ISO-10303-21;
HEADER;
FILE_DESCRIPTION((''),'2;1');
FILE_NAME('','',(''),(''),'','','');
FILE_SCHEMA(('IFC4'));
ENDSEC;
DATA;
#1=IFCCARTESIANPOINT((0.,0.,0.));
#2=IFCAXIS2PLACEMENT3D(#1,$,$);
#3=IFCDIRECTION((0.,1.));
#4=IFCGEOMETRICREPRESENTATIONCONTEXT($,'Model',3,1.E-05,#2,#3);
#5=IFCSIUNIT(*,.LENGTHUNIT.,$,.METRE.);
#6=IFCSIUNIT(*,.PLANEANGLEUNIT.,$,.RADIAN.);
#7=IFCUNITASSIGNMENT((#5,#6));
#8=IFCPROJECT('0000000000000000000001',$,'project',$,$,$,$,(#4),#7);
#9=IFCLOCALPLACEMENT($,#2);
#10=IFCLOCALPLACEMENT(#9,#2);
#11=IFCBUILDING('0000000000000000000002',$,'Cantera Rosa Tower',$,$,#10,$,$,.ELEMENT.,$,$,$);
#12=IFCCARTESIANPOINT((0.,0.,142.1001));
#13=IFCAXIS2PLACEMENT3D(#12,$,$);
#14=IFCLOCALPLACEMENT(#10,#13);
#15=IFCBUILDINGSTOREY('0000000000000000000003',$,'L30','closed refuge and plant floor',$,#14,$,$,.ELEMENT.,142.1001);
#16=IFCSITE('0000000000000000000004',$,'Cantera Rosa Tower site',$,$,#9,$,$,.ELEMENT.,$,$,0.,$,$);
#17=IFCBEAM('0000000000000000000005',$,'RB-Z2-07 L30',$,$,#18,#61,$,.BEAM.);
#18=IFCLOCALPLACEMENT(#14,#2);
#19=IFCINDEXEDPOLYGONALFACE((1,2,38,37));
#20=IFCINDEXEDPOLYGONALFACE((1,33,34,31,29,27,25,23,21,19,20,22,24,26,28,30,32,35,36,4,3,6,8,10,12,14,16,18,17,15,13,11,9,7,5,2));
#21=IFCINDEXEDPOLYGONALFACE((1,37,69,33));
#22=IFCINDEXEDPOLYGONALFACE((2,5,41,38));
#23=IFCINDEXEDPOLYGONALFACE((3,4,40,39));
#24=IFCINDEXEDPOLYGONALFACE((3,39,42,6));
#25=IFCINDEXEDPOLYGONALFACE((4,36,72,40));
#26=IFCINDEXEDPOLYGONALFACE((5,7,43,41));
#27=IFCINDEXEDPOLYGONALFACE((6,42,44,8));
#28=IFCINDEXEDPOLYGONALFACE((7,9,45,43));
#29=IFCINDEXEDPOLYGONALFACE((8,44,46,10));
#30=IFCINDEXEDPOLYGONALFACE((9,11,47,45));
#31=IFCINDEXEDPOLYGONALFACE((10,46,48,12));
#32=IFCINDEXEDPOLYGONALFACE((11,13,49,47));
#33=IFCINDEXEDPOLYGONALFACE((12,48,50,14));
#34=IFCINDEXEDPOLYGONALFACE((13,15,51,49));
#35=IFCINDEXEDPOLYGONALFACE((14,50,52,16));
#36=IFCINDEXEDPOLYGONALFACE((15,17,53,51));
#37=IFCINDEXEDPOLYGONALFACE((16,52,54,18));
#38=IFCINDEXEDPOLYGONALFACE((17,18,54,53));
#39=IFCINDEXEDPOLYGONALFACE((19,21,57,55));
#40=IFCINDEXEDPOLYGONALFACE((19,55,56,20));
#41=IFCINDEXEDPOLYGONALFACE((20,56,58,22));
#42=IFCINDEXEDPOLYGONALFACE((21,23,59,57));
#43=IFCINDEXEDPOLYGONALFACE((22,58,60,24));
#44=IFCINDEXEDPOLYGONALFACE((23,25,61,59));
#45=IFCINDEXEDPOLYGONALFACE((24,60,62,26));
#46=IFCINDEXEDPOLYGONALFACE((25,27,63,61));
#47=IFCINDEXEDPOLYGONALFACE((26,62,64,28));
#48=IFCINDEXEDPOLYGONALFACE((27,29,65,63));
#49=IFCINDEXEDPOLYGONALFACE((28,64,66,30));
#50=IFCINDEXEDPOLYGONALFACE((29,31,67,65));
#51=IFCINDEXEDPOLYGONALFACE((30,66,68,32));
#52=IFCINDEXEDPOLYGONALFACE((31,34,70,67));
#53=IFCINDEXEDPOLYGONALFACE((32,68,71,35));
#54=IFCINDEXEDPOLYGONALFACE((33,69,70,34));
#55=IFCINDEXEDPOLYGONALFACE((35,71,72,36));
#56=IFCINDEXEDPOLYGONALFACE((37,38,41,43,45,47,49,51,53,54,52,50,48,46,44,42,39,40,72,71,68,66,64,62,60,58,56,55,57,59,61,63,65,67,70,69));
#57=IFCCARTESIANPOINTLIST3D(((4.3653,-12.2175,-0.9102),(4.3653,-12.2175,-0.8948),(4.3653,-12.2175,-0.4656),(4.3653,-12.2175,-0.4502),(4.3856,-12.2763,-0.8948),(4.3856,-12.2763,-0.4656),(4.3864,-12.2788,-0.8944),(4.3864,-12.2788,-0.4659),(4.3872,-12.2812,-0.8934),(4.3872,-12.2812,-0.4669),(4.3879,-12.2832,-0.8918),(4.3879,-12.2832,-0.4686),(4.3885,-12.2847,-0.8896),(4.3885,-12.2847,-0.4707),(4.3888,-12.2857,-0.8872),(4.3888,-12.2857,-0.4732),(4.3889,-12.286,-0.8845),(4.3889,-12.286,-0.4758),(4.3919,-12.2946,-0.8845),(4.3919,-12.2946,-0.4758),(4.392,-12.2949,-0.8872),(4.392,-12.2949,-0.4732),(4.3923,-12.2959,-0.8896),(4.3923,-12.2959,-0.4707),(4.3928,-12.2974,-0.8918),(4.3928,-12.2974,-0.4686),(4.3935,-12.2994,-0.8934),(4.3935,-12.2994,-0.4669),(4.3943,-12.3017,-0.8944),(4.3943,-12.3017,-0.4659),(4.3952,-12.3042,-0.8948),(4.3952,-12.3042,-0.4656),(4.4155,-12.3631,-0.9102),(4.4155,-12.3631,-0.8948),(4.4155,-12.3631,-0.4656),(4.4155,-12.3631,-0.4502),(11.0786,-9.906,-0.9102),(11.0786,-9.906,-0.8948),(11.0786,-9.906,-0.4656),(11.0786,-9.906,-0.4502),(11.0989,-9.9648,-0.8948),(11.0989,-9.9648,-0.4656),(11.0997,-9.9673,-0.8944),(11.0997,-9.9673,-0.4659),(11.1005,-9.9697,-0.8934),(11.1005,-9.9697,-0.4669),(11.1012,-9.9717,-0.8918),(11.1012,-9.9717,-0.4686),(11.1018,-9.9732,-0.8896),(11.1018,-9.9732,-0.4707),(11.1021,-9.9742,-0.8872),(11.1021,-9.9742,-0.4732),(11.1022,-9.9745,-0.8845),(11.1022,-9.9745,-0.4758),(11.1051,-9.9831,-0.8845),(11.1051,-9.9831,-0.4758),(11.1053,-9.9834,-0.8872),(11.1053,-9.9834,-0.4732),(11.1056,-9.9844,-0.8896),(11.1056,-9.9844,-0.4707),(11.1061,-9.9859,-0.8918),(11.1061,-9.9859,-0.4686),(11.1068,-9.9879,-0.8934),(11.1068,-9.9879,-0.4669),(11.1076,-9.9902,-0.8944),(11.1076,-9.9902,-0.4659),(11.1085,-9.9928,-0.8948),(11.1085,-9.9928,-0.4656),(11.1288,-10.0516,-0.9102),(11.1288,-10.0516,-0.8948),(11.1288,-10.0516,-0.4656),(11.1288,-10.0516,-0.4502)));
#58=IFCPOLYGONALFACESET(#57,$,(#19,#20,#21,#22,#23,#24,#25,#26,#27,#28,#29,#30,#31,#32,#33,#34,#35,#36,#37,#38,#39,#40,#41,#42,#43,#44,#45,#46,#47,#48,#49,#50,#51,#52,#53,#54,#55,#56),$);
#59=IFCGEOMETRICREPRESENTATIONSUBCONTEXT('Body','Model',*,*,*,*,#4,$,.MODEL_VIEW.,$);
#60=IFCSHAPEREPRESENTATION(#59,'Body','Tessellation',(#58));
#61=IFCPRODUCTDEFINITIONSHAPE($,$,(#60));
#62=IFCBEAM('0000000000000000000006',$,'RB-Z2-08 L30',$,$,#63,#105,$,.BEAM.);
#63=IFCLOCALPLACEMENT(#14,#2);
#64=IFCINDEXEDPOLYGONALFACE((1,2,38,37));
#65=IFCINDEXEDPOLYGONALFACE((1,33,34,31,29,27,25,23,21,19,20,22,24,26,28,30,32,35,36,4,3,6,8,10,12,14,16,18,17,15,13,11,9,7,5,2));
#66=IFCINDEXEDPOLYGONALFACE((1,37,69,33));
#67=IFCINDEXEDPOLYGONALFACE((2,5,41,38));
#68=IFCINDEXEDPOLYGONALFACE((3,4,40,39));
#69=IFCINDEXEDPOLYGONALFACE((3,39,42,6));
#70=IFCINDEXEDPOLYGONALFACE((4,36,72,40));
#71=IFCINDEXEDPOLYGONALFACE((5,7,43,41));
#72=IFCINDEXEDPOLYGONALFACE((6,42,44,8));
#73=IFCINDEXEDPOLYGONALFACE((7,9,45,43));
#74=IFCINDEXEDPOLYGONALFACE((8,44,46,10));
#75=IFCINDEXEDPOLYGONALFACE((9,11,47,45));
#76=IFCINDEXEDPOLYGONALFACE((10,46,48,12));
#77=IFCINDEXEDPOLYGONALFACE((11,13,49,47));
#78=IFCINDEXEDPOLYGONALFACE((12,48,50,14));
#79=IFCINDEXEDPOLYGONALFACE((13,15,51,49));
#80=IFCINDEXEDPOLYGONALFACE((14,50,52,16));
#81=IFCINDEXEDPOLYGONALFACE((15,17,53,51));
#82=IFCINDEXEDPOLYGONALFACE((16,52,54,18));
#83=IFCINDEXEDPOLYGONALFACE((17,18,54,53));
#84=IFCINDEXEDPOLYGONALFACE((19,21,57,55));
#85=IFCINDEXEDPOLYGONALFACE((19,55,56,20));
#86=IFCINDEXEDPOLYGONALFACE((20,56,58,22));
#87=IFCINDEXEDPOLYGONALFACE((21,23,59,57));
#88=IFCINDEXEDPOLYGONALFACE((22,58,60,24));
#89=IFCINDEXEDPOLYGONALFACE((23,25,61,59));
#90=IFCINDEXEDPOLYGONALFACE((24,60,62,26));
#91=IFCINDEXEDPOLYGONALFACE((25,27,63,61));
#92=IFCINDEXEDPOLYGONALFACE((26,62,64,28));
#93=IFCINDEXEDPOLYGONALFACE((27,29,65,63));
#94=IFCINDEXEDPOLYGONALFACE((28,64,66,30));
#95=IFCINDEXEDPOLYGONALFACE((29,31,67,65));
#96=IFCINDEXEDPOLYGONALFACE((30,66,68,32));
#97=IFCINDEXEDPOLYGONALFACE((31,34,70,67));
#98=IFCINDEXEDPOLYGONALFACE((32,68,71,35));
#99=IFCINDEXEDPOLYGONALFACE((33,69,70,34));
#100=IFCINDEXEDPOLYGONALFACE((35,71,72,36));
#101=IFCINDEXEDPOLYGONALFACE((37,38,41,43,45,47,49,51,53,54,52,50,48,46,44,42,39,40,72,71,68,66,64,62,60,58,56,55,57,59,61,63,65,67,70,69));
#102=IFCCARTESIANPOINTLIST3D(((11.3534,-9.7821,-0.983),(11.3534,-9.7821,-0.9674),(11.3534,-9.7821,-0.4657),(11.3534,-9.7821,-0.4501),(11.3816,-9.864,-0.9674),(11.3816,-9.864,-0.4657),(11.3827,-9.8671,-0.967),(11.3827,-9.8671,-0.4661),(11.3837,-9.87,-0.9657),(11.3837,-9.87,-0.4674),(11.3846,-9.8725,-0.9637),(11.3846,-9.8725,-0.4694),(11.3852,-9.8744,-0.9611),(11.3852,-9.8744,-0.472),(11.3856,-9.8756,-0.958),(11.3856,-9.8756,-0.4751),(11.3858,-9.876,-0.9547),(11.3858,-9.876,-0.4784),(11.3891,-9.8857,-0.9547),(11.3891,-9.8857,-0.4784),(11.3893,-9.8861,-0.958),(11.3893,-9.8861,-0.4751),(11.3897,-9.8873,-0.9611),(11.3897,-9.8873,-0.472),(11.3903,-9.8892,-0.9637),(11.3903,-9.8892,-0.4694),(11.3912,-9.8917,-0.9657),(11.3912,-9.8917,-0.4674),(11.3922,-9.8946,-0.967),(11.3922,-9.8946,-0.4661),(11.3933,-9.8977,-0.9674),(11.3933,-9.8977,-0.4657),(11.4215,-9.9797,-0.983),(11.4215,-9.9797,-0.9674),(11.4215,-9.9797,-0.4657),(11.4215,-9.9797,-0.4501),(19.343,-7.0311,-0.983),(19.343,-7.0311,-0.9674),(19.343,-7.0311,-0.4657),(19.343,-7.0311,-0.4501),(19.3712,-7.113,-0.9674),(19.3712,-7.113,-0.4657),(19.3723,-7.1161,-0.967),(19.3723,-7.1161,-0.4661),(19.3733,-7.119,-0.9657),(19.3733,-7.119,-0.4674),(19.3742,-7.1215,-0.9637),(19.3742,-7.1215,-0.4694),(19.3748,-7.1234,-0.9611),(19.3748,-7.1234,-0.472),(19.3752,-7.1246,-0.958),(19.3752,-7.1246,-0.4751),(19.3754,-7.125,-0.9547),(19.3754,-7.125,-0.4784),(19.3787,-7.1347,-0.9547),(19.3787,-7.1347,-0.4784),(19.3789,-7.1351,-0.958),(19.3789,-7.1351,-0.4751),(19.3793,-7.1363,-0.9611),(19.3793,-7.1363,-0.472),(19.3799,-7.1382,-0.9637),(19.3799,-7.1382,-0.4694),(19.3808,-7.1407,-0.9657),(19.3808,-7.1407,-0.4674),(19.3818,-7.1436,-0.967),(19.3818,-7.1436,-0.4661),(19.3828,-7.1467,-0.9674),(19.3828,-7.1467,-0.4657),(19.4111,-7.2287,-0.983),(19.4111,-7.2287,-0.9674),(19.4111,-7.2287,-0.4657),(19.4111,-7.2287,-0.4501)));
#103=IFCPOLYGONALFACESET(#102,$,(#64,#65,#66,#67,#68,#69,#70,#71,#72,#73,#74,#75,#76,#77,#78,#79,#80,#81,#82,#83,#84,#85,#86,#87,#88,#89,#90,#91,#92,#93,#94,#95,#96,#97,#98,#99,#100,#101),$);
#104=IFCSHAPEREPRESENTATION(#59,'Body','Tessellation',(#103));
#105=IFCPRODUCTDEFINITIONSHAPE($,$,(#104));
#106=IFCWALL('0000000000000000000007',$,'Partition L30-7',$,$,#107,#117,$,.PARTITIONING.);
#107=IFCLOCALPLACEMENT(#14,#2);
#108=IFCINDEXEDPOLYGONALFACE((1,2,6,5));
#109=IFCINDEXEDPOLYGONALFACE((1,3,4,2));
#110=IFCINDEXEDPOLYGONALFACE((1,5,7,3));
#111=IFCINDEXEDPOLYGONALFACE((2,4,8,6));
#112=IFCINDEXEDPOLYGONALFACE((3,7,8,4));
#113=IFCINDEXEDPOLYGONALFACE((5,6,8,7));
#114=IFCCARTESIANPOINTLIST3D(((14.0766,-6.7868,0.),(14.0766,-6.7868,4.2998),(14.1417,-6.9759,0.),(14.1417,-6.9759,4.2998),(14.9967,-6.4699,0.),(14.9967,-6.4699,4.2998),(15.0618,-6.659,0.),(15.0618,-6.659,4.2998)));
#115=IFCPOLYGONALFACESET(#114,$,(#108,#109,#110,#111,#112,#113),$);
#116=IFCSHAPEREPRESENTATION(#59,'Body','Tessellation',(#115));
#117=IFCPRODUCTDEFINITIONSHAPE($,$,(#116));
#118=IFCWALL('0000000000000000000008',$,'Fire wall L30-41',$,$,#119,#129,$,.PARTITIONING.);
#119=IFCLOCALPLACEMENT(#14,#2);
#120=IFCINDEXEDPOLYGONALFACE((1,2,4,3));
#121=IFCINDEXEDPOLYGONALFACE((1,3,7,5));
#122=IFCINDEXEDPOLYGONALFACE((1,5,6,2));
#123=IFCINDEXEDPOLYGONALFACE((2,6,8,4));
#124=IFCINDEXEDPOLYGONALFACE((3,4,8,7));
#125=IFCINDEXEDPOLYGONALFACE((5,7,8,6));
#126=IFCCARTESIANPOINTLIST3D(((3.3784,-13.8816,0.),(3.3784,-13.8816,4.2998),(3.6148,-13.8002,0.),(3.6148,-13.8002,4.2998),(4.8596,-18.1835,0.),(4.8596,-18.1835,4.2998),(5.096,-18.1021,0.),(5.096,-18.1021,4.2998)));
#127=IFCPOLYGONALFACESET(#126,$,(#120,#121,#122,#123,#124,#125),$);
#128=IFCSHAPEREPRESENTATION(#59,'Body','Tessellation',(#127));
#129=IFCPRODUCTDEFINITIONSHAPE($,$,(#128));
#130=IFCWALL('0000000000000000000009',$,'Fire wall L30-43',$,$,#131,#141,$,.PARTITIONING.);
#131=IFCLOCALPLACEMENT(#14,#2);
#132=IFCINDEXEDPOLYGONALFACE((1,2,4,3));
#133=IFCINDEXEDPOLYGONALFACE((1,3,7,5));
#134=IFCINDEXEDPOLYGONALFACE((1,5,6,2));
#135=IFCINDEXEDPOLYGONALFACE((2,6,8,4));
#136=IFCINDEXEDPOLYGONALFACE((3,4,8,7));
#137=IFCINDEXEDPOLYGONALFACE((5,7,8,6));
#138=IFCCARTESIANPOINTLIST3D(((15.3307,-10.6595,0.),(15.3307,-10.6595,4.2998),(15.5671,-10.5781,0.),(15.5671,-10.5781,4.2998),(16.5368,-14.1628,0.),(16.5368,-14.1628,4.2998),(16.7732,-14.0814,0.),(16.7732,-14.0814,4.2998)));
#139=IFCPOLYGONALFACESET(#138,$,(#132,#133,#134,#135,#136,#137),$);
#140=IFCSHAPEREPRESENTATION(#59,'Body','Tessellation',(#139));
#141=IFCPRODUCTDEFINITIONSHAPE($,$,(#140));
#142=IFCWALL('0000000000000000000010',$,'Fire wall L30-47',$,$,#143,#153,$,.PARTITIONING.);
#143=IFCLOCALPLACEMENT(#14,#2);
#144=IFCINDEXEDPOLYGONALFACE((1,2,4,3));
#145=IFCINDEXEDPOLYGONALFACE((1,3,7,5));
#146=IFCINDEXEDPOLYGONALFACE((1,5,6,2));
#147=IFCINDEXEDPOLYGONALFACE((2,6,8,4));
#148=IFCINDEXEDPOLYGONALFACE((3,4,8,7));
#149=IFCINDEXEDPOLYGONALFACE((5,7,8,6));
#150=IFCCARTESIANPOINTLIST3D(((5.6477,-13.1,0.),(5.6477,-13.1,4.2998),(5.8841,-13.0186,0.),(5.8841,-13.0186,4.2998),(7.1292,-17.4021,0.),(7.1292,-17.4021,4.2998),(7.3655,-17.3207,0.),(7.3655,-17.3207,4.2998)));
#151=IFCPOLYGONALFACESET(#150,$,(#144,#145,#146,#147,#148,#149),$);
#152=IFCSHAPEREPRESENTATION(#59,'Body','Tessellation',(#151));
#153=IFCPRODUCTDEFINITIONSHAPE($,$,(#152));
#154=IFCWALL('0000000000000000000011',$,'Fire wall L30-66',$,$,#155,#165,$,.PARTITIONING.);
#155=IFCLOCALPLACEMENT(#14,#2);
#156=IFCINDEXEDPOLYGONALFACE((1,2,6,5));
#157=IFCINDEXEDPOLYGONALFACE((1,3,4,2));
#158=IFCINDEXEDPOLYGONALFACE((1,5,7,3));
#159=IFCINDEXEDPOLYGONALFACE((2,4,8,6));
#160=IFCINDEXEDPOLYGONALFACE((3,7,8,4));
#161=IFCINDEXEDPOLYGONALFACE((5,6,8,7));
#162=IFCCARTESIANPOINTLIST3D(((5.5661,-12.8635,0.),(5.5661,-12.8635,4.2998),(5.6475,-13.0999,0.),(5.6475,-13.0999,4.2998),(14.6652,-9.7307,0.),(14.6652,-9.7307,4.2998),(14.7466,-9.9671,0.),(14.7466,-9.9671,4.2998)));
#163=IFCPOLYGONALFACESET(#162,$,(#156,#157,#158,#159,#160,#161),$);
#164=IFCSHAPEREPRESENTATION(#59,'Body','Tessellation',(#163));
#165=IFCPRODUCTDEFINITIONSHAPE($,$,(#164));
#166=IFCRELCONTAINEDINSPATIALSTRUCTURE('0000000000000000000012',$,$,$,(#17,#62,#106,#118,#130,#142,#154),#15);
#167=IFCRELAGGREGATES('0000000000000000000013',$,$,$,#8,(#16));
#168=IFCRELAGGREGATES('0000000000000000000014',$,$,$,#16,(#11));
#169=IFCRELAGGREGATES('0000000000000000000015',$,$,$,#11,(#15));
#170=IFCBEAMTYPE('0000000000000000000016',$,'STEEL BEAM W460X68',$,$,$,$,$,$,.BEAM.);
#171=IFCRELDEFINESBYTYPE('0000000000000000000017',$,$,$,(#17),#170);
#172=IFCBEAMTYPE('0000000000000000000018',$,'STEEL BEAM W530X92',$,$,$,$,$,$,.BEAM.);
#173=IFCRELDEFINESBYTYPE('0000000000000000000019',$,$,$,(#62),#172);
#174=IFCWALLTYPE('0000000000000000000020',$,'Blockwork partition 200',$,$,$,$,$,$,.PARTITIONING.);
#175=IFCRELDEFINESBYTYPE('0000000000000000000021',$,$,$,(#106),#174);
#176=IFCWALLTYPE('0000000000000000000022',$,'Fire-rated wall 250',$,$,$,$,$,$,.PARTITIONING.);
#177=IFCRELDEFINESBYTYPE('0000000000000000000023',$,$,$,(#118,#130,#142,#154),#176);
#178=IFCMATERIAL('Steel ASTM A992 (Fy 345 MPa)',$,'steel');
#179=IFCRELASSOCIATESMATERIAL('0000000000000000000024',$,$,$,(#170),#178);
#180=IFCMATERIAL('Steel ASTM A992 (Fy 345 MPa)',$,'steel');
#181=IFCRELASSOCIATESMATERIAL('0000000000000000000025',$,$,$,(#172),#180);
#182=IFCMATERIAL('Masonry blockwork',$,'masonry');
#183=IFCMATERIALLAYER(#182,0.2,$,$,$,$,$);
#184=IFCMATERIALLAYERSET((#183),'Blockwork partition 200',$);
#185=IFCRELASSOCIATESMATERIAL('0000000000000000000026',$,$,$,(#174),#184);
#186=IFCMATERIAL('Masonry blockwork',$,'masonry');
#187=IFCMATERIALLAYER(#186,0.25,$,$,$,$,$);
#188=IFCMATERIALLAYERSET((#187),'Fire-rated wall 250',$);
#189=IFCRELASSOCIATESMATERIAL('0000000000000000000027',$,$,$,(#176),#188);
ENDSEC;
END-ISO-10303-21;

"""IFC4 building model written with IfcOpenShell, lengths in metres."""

from ifc_helpers import new_model, si_unit, direction, frame, frame_2d, origin, origin_2d, place, context, subcontext, project, spatial, rectangle, i_section, extrude, material, layer, layer_set, material_profile, profile_set, type_object, element, save


model = new_model("IFC4")

# Units and contexts
model_context = context("Model", 3, precision=1e-05, world=origin(), true_north=direction((0.0, 1.0)))
body_context = subcontext(model_context, "Body", "Model", "MODEL_VIEW")
ifc_project = project(units=[si_unit("LENGTHUNIT", "METRE"), si_unit("PLANEANGLEUNIT", "RADIAN")], contexts=[model_context])

# Site, building, storey
site_placement = place(None, origin())
site = spatial("IfcSite", under=ifc_project, at=site_placement, Name="Cantera Rosa Tower site", CompositionType="ELEMENT", RefElevation=0.0)
building_placement = place(site_placement, origin())
building = spatial("IfcBuilding", under=site, at=building_placement, Name="Cantera Rosa Tower", CompositionType="ELEMENT")
storey_placement = place(building_placement, frame((0.0, 0.0, 142.1001)))
storey = spatial("IfcBuildingStorey", under=building, at=storey_placement, Name="L30", Description="closed refuge and plant floor", CompositionType="ELEMENT", Elevation=142.1001)

# Beams
ifc_material_1 = material(Name="Steel ASTM A992 (Fy 345 MPa)", Category="steel")
ifc_material_profile_1 = material_profile(ifc_material_1, i_section(OverallWidth=0.1541, OverallDepth=0.46, WebThickness=0.009, FlangeThickness=0.0154, FilletRadius=0.0103, at=origin_2d()), Name="W460X68")
ifc_profile_set_1 = profile_set([ifc_material_profile_1], Name="Steel ASTM A992 (Fy 345 MPa)")
beam_type_1 = type_object("IfcBeamType", Name="STEEL BEAM W460X68", PredefinedType="BEAM", material=ifc_profile_set_1)
beam_1_placement = place(storey_placement, frame((4.3904, -12.2903, -0.6802), z_axis=(0.945522, 0.325558, 0.0), x_axis=(-0.325558, 0.945522, 0.0)))
element("IfcBeam", 1, at=beam_1_placement, inside=storey, type_object=beam_type_1, Name="RB-Z2-07 L30", PredefinedType="BEAM", context=body_context, shape_type="SweptSolid", body=[
    extrude(i_section(OverallWidth=0.1541, OverallDepth=0.46, WebThickness=0.009, FlangeThickness=0.0154, FilletRadius=0.0103, at=origin_2d()), origin(), (0.0, 0.0, 1.0), 7.1001),
])
ifc_material_2 = material(Name="Steel ASTM A992 (Fy 345 MPa)", Category="steel")
ifc_material_profile_2 = material_profile(ifc_material_2, i_section(OverallWidth=0.209, OverallDepth=0.533, WebThickness=0.0103, FlangeThickness=0.0156, FilletRadius=0.0127, at=origin_2d()), Name="W530X92")
ifc_profile_set_2 = profile_set([ifc_material_profile_2], Name="Steel ASTM A992 (Fy 345 MPa)")
beam_type_2 = type_object("IfcBeamType", Name="STEEL BEAM W530X92", PredefinedType="BEAM", material=ifc_profile_set_2)
beam_2_placement = place(storey_placement, frame((11.3875, -9.8809, -0.7166), z_axis=(0.94552, 0.325565, 0.0), x_axis=(-0.325565, 0.94552, 0.0)))
element("IfcBeam", 2, at=beam_2_placement, inside=storey, type_object=beam_type_2, Name="RB-Z2-08 L30", PredefinedType="BEAM", context=body_context, shape_type="SweptSolid", body=[
    extrude(i_section(OverallWidth=0.209, OverallDepth=0.533, WebThickness=0.0103, FlangeThickness=0.0156, FilletRadius=0.0127, at=origin_2d()), origin(), (0.0, 0.0, 1.0), 8.45),
])

# Walls
ifc_material_3 = material(Name="Masonry blockwork", Category="masonry")
ifc_layer_1 = layer(ifc_material_3, 0.2)
ifc_layer_set_1 = layer_set([ifc_layer_1], Name="Blockwork partition 200")
wall_type_1 = type_object("IfcWallType", Name="Blockwork partition 200", PredefinedType="PARTITIONING", material=ifc_layer_set_1)
wall_1_placement = place(storey_placement, frame((14.1091, -6.8813, 0.0), z_axis=(0.0, 0.0, 1.0), x_axis=(0.945501, 0.32562, 0.0)))
element("IfcWall", 3, at=wall_1_placement, inside=storey, type_object=wall_type_1, Name="Partition L30-7", PredefinedType="PARTITIONING", context=body_context, shape_type="SweptSolid", body=[
    extrude(rectangle(XDim=0.9731, YDim=0.2, at=frame_2d((0.4866, 0.0))), origin(), (0.0, 0.0, 1.0), 4.2998),
])
ifc_material_4 = material(Name="Masonry blockwork", Category="masonry")
ifc_layer_2 = layer(ifc_material_4, 0.25)
ifc_layer_set_2 = layer_set([ifc_layer_2], Name="Fire-rated wall 250")
wall_type_2 = type_object("IfcWallType", Name="Fire-rated wall 250", PredefinedType="PARTITIONING", material=ifc_layer_set_2)
wall_2_placement = place(storey_placement, frame((4.9778, -18.1428, 0.0), z_axis=(0.0, 0.0, 1.0), x_axis=(-0.325549, 0.945525, 0.0)))
element("IfcWall", 4, at=wall_2_placement, inside=storey, type_object=wall_type_2, Name="Fire wall L30-41", PredefinedType="PARTITIONING", context=body_context, shape_type="SweptSolid", body=[
    extrude(rectangle(XDim=4.5498, YDim=0.25, at=frame_2d((2.2749, 0.0))), origin(), (0.0, 0.0, 1.0), 4.2998),
])
wall_3_placement = place(storey_placement, frame((16.655, -14.1221, 0.0), z_axis=(0.0, 0.0, 1.0), x_axis=(-0.325524, 0.945534, 0.0)))
element("IfcWall", 5, at=wall_3_placement, inside=storey, type_object=wall_type_2, Name="Fire wall L30-43", PredefinedType="PARTITIONING", context=body_context, shape_type="SweptSolid", body=[
    extrude(rectangle(XDim=3.7051, YDim=0.25, at=frame_2d((1.8525, 0.0))), origin(), (0.0, 0.0, 1.0), 4.2998),
])
wall_4_placement = place(storey_placement, frame((7.2473, -17.3613, 0.0), z_axis=(0.0, 0.0, 1.0), x_axis=(-0.325597, 0.945509, 0.0)))
element("IfcWall", 6, at=wall_4_placement, inside=storey, type_object=wall_type_2, Name="Fire wall L30-47", PredefinedType="PARTITIONING", context=body_context, shape_type="SweptSolid", body=[
    extrude(rectangle(XDim=4.55, YDim=0.25, at=frame_2d((2.2749, 0.0))), origin(), (0.0, 0.0, 1.0), 4.2998),
])
wall_5_placement = place(storey_placement, frame((5.6069, -12.9817, 0.0), z_axis=(0.0, 0.0, 1.0), x_axis=(0.945527, 0.325543, 0.0)))
element("IfcWall", 7, at=wall_5_placement, inside=storey, type_object=wall_type_2, Name="Fire wall L30-66", PredefinedType="PARTITIONING", context=body_context, shape_type="SweptSolid", body=[
    extrude(rectangle(XDim=9.6233, YDim=0.25, at=frame_2d((4.8115, 0.0))), origin(), (0.0, 0.0, 1.0), 4.2998),
])

save(model, "model.ifc")
